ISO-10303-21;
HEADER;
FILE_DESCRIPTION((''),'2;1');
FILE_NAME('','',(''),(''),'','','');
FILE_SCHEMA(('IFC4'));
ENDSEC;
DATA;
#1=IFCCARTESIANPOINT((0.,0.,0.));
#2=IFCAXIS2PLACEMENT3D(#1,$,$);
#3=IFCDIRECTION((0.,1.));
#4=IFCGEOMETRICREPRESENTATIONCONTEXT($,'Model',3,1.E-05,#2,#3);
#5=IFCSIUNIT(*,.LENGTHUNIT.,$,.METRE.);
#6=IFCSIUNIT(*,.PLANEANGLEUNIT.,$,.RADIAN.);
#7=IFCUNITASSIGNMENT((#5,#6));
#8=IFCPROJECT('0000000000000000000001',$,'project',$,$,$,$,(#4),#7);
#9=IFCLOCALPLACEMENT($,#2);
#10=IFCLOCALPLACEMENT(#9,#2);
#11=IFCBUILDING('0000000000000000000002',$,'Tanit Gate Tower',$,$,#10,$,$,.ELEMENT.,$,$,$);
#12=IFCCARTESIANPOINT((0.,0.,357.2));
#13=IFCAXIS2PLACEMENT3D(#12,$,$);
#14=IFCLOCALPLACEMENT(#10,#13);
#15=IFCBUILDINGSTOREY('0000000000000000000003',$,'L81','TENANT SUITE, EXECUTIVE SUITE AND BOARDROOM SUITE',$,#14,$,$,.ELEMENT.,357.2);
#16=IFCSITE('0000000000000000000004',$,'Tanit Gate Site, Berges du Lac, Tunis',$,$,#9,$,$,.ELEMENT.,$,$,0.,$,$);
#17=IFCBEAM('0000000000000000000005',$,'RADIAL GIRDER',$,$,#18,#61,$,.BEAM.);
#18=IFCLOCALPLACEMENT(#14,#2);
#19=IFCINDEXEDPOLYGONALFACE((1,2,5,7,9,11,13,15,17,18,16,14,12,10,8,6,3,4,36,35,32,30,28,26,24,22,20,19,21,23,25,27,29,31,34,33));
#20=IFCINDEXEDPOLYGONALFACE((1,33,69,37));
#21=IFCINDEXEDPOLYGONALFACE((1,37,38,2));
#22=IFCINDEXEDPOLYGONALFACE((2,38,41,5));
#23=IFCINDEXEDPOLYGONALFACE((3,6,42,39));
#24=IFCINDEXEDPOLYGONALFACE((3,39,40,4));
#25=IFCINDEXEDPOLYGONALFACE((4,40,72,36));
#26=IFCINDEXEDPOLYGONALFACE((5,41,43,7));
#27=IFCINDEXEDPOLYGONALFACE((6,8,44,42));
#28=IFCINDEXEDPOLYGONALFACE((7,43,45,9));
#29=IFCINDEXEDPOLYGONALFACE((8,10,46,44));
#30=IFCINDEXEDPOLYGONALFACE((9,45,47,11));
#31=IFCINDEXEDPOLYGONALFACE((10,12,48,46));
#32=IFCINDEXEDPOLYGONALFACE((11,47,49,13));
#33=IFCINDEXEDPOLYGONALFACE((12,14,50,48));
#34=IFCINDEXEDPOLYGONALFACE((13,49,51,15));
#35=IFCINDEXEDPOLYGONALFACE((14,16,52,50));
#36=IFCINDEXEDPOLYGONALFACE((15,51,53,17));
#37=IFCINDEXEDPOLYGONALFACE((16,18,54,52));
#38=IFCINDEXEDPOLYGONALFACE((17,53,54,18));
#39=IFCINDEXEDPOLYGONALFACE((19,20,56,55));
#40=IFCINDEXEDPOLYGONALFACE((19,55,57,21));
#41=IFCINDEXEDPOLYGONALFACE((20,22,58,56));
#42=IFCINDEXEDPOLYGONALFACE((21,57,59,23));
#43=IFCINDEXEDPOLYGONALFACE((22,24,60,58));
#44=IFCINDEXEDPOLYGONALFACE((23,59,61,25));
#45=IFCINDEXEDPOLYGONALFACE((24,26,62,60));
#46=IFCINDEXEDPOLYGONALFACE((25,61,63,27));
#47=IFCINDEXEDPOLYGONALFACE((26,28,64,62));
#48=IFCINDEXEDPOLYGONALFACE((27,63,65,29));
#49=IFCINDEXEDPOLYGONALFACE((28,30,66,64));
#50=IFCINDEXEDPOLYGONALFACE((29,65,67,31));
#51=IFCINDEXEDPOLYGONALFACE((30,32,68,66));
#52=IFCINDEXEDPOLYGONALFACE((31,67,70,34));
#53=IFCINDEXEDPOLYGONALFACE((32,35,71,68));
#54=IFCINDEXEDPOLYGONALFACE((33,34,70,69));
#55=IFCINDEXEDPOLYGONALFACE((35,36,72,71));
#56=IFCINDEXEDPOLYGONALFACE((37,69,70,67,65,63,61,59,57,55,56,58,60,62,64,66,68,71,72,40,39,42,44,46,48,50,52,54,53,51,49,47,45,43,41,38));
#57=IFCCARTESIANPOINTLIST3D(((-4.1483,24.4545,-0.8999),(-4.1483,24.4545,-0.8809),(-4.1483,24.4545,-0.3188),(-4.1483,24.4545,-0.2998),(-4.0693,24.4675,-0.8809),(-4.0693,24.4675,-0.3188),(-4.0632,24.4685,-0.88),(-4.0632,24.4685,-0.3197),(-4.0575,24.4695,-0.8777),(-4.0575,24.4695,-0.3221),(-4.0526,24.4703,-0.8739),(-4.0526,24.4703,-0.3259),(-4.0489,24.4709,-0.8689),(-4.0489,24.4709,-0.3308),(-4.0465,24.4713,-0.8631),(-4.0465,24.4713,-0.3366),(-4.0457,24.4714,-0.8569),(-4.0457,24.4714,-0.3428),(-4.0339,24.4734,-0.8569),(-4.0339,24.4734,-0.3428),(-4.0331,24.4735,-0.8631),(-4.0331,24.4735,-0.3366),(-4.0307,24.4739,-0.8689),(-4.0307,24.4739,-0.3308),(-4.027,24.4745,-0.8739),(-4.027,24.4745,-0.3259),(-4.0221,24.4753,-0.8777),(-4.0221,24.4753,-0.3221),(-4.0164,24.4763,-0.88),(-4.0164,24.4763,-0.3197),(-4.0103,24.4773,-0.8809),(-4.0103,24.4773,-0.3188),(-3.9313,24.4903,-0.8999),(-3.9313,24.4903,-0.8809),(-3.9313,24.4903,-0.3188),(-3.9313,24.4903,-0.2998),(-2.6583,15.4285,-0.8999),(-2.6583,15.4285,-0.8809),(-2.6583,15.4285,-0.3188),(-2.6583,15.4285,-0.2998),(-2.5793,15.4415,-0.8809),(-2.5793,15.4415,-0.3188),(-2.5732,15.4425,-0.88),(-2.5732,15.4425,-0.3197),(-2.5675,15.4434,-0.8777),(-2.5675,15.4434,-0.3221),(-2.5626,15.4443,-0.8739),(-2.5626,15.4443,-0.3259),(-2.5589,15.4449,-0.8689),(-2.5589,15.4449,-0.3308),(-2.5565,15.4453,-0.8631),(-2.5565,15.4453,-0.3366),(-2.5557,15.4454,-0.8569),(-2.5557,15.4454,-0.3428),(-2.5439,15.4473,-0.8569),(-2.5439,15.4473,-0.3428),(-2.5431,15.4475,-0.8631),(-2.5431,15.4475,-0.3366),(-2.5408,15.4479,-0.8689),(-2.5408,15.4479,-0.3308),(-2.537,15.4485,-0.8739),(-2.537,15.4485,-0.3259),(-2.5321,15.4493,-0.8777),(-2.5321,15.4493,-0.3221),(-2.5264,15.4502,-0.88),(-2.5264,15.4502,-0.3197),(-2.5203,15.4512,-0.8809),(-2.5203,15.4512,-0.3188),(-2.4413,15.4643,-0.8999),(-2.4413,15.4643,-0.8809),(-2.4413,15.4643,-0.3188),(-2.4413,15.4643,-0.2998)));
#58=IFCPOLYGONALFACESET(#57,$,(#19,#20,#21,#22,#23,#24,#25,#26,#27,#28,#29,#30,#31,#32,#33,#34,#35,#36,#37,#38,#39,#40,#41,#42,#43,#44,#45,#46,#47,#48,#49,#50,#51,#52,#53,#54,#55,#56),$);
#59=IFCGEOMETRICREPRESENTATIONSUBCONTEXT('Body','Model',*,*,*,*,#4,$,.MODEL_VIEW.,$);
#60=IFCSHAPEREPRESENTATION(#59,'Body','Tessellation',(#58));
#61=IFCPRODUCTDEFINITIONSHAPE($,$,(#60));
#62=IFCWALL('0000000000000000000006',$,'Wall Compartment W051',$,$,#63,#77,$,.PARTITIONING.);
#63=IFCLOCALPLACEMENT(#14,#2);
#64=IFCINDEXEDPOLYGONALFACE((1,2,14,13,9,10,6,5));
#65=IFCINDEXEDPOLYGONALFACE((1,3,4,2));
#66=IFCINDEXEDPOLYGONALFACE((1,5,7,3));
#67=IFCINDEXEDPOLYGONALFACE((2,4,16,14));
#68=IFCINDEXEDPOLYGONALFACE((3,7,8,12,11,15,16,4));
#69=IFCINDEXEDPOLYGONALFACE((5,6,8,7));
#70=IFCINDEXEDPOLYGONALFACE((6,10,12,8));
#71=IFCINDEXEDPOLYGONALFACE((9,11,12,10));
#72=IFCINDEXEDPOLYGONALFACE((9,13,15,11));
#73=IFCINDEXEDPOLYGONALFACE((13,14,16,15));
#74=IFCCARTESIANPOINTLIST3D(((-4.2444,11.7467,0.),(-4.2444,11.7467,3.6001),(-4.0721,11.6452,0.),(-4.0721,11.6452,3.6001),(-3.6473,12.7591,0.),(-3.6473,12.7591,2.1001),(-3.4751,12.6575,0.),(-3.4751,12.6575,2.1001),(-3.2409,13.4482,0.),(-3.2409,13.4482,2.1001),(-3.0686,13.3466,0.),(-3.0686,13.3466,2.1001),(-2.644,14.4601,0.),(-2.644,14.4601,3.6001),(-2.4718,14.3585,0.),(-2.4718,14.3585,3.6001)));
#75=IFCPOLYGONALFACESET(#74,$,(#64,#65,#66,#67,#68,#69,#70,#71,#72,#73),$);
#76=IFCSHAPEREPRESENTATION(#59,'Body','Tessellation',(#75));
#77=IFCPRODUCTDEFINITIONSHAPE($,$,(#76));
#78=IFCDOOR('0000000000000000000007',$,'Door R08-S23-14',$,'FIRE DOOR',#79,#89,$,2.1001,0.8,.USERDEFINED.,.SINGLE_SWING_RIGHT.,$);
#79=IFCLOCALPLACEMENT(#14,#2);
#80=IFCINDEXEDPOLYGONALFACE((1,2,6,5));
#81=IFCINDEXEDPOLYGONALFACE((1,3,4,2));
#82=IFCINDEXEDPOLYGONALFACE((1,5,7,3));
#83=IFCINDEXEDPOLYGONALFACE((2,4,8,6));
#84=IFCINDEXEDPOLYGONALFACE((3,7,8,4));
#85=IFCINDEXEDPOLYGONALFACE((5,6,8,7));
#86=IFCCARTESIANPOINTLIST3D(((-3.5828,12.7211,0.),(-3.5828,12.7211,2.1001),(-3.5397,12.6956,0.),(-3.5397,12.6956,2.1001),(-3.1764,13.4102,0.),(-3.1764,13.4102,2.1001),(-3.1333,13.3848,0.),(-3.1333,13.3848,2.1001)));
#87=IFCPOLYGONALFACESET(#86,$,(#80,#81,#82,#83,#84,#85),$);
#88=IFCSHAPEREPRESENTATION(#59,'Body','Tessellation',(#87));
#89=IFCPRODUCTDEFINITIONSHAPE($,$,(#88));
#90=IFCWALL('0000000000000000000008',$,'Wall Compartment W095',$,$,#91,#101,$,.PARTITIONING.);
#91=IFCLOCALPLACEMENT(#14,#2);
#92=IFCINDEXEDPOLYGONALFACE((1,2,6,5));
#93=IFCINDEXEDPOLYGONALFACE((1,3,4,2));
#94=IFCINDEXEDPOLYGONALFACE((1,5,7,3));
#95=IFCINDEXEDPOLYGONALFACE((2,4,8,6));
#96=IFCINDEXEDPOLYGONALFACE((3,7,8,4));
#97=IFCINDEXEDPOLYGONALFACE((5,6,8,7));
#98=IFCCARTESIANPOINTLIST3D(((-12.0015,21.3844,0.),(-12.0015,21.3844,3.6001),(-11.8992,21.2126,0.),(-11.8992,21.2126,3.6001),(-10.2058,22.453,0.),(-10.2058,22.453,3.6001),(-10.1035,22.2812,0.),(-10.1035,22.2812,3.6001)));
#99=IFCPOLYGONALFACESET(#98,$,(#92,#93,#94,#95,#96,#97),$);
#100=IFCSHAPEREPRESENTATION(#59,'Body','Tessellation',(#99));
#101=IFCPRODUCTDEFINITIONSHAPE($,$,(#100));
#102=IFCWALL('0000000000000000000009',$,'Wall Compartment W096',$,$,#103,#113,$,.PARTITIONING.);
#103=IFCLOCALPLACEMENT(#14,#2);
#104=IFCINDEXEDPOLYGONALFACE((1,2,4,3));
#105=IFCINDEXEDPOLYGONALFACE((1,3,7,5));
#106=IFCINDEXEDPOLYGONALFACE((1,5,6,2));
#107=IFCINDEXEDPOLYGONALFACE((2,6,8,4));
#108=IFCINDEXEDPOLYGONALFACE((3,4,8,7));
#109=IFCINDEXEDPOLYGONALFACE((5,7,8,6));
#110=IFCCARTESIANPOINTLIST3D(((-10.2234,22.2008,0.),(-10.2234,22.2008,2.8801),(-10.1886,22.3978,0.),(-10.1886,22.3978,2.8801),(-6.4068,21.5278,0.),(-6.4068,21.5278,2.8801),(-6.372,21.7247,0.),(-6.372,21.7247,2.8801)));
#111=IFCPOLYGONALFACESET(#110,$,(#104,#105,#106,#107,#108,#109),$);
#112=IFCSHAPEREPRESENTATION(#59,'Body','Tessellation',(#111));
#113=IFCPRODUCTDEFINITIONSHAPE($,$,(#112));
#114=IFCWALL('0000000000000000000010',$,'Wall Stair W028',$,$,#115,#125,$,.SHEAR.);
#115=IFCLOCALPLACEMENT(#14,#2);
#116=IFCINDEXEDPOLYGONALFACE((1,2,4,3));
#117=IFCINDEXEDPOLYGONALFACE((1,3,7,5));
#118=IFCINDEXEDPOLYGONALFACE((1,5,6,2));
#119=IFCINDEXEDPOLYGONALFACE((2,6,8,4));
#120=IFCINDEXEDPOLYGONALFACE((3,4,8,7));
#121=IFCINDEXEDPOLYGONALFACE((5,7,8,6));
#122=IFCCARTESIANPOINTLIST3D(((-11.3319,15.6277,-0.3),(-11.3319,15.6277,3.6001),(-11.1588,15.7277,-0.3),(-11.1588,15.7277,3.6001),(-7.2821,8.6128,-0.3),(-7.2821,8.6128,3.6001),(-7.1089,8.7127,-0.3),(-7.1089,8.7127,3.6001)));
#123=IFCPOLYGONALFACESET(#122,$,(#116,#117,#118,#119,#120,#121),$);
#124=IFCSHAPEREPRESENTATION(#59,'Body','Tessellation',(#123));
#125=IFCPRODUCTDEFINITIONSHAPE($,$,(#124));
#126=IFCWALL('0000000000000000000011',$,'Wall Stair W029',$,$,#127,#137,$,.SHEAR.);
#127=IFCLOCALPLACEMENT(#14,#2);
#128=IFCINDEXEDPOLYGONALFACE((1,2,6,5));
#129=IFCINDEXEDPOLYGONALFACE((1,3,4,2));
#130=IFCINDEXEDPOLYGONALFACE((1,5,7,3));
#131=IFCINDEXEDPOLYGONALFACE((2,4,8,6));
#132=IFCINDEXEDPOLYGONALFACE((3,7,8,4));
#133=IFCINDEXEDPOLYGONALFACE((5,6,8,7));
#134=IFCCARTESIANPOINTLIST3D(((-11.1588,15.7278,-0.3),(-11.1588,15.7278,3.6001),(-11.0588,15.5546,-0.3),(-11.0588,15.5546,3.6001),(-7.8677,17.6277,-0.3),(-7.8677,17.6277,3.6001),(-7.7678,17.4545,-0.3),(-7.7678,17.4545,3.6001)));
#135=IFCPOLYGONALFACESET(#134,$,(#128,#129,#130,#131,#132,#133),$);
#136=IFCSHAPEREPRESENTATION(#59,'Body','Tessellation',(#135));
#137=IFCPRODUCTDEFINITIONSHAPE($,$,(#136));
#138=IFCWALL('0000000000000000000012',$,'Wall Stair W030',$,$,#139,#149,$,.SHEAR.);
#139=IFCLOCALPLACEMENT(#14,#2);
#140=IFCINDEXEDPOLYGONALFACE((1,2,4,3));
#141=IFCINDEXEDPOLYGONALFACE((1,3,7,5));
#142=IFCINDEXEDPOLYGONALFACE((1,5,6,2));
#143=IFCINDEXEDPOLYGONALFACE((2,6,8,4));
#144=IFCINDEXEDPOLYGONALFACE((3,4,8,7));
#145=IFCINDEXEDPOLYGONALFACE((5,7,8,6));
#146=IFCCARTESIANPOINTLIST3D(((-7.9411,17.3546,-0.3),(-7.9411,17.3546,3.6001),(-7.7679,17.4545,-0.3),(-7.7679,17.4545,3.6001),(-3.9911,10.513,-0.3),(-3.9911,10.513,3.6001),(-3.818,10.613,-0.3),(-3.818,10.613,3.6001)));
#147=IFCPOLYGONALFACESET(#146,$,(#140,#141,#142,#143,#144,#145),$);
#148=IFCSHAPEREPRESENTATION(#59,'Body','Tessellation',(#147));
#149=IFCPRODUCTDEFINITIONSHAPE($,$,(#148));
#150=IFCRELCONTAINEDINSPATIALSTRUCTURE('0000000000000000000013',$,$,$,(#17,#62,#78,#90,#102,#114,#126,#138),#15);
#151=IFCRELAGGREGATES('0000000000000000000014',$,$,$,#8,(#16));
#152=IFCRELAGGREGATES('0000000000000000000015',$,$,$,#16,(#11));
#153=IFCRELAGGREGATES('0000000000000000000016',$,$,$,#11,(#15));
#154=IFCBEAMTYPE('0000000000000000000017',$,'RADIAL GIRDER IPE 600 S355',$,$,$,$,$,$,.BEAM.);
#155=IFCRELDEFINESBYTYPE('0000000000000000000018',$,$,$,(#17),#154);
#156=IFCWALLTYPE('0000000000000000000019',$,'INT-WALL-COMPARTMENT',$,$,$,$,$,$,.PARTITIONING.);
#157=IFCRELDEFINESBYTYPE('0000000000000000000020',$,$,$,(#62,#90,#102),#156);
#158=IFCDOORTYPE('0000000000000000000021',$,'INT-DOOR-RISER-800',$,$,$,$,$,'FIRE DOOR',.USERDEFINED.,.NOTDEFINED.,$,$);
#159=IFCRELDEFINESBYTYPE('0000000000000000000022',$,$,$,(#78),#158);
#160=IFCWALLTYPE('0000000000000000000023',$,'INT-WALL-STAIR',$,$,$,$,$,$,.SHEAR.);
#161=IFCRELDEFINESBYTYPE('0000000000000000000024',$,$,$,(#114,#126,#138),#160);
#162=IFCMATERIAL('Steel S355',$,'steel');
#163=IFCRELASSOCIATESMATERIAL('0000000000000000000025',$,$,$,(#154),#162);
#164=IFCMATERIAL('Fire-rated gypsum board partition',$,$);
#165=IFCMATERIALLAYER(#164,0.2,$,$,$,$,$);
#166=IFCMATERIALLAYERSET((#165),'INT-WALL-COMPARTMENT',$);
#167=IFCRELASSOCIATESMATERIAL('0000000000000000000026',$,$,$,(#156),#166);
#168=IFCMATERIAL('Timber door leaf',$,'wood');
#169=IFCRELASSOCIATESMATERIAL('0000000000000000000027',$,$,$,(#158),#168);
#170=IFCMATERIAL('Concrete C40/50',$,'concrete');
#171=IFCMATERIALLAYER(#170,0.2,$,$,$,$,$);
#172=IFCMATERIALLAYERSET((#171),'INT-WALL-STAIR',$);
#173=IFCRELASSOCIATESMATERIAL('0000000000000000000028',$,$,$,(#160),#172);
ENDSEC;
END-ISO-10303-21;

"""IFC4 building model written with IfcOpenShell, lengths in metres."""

from ifc_helpers import new_model, si_unit, direction, frame, frame_2d, origin, origin_2d, place, context, subcontext, project, spatial, rectangle, i_section, extrude, material, layer, layer_set, material_profile, profile_set, type_object, element, fill, save


model = new_model("IFC4")

# Units and contexts
model_context = context("Model", 3, precision=1e-05, world=origin(), true_north=direction((0.0, 1.0)))
body_context = subcontext(model_context, "Body", "Model", "MODEL_VIEW")
ifc_project = project(units=[si_unit("LENGTHUNIT", "METRE"), si_unit("PLANEANGLEUNIT", "RADIAN")], contexts=[model_context])

# Site, building, storey
site_placement = place(None, origin())
site = spatial("IfcSite", under=ifc_project, at=site_placement, Name="Tanit Gate Site, Berges du Lac, Tunis", CompositionType="ELEMENT", RefElevation=0.0)
building_placement = place(site_placement, origin())
building = spatial("IfcBuilding", under=site, at=building_placement, Name="Tanit Gate Tower", CompositionType="ELEMENT")
storey_placement = place(building_placement, frame((0.0, 0.0, 357.2)))
storey = spatial("IfcBuildingStorey", under=building, at=storey_placement, Name="L81", Description="TENANT SUITE, EXECUTIVE SUITE AND BOARDROOM SUITE", CompositionType="ELEMENT", Elevation=357.2)

# Beam
ifc_material_1 = material(Name="Steel S355", Category="steel")
ifc_material_profile = material_profile(ifc_material_1, i_section(OverallWidth=0.22, OverallDepth=0.6001, WebThickness=0.012, FlangeThickness=0.019, FilletRadius=0.0239, at=origin_2d()), Name="IPE 600")
ifc_profile_set = profile_set([ifc_material_profile], Name="Steel S355")
beam_type = type_object("IfcBeamType", Name="RADIAL GIRDER IPE 600 S355", PredefinedType="BEAM", material=ifc_profile_set)
beam_placement = place(storey_placement, frame((-4.0398, 24.4724, -0.5999), z_axis=(0.162871, -0.986647, 0.0), x_axis=(0.986647, 0.162871, 0.0)))
element("IfcBeam", 1, at=beam_placement, inside=storey, type_object=beam_type, Name="RADIAL GIRDER", PredefinedType="BEAM", context=body_context, shape_type="SweptSolid", body=[
    extrude(i_section(OverallWidth=0.22, OverallDepth=0.6001, WebThickness=0.012, FlangeThickness=0.019, FilletRadius=0.0239, at=origin_2d()), origin(), (0.0, 0.0, 1.0), 9.1482),
])

# Wall, opening, door
ifc_material_2 = material(Name="Fire-rated gypsum board partition")
ifc_layer_1 = layer(ifc_material_2, 0.2)
ifc_layer_set_1 = layer_set([ifc_layer_1], Name="INT-WALL-COMPARTMENT")
wall_type_1 = type_object("IfcWallType", Name="INT-WALL-COMPARTMENT", PredefinedType="PARTITIONING", material=ifc_layer_set_1)
wall_1_placement = place(storey_placement, frame((-2.5579, 14.4094, 0.0), z_axis=(0.0, 0.0, 1.0), x_axis=(-0.508019, -0.861346, 0.0)))
wall_1 = element("IfcWall", 2, at=wall_1_placement, inside=storey, type_object=wall_type_1, Name="Wall Compartment W051", PredefinedType="PARTITIONING", context=body_context, shape_type="SweptSolid", body=[
    extrude(rectangle(XDim=3.1501, YDim=0.2, at=frame_2d((1.5752, 0.0))), origin(), (0.0, 0.0, 1.0), 3.6001),
])
opening_1_placement = place(wall_1_placement, frame((1.175, 0.0, 0.0)))
opening_1 = element("IfcOpeningElement", 3, at=opening_1_placement, cuts=wall_1, PredefinedType="OPENING", context=body_context, shape_type="SweptSolid", body=[
    extrude(rectangle(XDim=0.8, YDim=2.1001, at=frame_2d((0.3999, 1.05))), frame((0.0, 0.1099, 0.0), z_axis=(0.0, -1.0, 0.0), x_axis=(1.0, 0.0, 0.0)), (0.0, 0.0, 1.0), 0.22),
])
ifc_material_3 = material(Name="Timber door leaf", Category="wood")
door_type_1 = type_object("IfcDoorType", Name="INT-DOOR-RISER-800", ElementType="FIRE DOOR", OperationType="NOTDEFINED", PredefinedType="USERDEFINED", material=ifc_material_3)
door_1_placement = place(opening_1_placement, origin())
door_1 = element("IfcDoor", 4, at=door_1_placement, inside=storey, type_object=door_type_1, Name="Door R08-S23-14", ObjectType="FIRE DOOR", OperationType="SINGLE_SWING_RIGHT", OverallHeight=2.1001, OverallWidth=0.8, PredefinedType="USERDEFINED", context=body_context, shape_type="SweptSolid", body=[
    extrude(rectangle(XDim=0.8, YDim=2.1001, at=frame_2d((0.3999, 1.05))), frame((0.0, 0.0249, 0.0), z_axis=(0.0, -1.0, 0.0), x_axis=(1.0, 0.0, 0.0)), (0.0, 0.0, 1.0), 0.05),
])
fill(opening_1, door_1)

# Walls
wall_2_placement = place(storey_placement, frame((-10.1545, 22.3672, 0.0), z_axis=(0.0, 0.0, 1.0), x_axis=(-0.859343, -0.5114, 0.0)))
element("IfcWall", 5, at=wall_2_placement, inside=storey, type_object=wall_type_1, Name="Wall Compartment W095", PredefinedType="PARTITIONING", context=body_context, shape_type="SweptSolid", body=[
    extrude(rectangle(XDim=2.0896, YDim=0.2, at=frame_2d((1.0449, 0.0))), origin(), (0.0, 0.0, 1.0), 3.6001),
])
wall_3_placement = place(storey_placement, frame((-6.3894, 21.6262, 0.0), z_axis=(0.0, 0.0, 1.0), x_axis=(-0.984803, 0.173678, 0.0)))
element("IfcWall", 6, at=wall_3_placement, inside=storey, type_object=wall_type_1, Name="Wall Compartment W096", PredefinedType="PARTITIONING", context=body_context, shape_type="SweptSolid", body=[
    extrude(rectangle(XDim=3.8755, YDim=0.2, at=frame_2d((1.9377, 0.0))), origin(), (0.0, 0.0, 1.0), 2.8801),
])
ifc_material_4 = material(Name="Concrete C40/50", Category="concrete")
ifc_layer_2 = layer(ifc_material_4, 0.2)
ifc_layer_set_2 = layer_set([ifc_layer_2], Name="INT-WALL-STAIR")
wall_type_2 = type_object("IfcWallType", Name="INT-WALL-STAIR", PredefinedType="SHEAR", material=ifc_layer_set_2)
wall_4_placement = place(storey_placement, frame((-11.2454, 15.6777, -0.3), z_axis=(0.0, 0.0, 1.0), x_axis=(0.499977, -0.866039, 0.0)))
element("IfcWall", 7, at=wall_4_placement, inside=storey, type_object=wall_type_2, Name="Wall Stair W028", PredefinedType="SHEAR", context=body_context, shape_type="SweptSolid", body=[
    extrude(rectangle(XDim=8.1001, YDim=0.2, at=frame_2d((4.05, 0.0))), origin(), (0.0, 0.0, 1.0), 3.9001),
])
wall_5_placement = place(storey_placement, frame((-7.8179, 17.541, -0.3), z_axis=(0.0, 0.0, 1.0), x_axis=(-0.866044, -0.499967, 0.0)))
element("IfcWall", 8, at=wall_5_placement, inside=storey, type_object=wall_type_2, Name="Wall Stair W029", PredefinedType="SHEAR", context=body_context, shape_type="SweptSolid", body=[
    extrude(rectangle(XDim=3.8, YDim=0.2, at=frame_2d((1.8999, 0.0))), origin(), (0.0, 0.0, 1.0), 3.9001),
])
wall_6_placement = place(storey_placement, frame((-7.8545, 17.4045, -0.3), z_axis=(0.0, 0.0, 1.0), x_axis=(0.499998, -0.866027, 0.0)))
element("IfcWall", 9, at=wall_6_placement, inside=storey, type_object=wall_type_2, Name="Wall Stair W030", PredefinedType="SHEAR", context=body_context, shape_type="SweptSolid", body=[
    extrude(rectangle(XDim=7.8999, YDim=0.2, at=frame_2d((3.95, 0.0))), origin(), (0.0, 0.0, 1.0), 3.9001),
])

save(model, "model.ifc")
